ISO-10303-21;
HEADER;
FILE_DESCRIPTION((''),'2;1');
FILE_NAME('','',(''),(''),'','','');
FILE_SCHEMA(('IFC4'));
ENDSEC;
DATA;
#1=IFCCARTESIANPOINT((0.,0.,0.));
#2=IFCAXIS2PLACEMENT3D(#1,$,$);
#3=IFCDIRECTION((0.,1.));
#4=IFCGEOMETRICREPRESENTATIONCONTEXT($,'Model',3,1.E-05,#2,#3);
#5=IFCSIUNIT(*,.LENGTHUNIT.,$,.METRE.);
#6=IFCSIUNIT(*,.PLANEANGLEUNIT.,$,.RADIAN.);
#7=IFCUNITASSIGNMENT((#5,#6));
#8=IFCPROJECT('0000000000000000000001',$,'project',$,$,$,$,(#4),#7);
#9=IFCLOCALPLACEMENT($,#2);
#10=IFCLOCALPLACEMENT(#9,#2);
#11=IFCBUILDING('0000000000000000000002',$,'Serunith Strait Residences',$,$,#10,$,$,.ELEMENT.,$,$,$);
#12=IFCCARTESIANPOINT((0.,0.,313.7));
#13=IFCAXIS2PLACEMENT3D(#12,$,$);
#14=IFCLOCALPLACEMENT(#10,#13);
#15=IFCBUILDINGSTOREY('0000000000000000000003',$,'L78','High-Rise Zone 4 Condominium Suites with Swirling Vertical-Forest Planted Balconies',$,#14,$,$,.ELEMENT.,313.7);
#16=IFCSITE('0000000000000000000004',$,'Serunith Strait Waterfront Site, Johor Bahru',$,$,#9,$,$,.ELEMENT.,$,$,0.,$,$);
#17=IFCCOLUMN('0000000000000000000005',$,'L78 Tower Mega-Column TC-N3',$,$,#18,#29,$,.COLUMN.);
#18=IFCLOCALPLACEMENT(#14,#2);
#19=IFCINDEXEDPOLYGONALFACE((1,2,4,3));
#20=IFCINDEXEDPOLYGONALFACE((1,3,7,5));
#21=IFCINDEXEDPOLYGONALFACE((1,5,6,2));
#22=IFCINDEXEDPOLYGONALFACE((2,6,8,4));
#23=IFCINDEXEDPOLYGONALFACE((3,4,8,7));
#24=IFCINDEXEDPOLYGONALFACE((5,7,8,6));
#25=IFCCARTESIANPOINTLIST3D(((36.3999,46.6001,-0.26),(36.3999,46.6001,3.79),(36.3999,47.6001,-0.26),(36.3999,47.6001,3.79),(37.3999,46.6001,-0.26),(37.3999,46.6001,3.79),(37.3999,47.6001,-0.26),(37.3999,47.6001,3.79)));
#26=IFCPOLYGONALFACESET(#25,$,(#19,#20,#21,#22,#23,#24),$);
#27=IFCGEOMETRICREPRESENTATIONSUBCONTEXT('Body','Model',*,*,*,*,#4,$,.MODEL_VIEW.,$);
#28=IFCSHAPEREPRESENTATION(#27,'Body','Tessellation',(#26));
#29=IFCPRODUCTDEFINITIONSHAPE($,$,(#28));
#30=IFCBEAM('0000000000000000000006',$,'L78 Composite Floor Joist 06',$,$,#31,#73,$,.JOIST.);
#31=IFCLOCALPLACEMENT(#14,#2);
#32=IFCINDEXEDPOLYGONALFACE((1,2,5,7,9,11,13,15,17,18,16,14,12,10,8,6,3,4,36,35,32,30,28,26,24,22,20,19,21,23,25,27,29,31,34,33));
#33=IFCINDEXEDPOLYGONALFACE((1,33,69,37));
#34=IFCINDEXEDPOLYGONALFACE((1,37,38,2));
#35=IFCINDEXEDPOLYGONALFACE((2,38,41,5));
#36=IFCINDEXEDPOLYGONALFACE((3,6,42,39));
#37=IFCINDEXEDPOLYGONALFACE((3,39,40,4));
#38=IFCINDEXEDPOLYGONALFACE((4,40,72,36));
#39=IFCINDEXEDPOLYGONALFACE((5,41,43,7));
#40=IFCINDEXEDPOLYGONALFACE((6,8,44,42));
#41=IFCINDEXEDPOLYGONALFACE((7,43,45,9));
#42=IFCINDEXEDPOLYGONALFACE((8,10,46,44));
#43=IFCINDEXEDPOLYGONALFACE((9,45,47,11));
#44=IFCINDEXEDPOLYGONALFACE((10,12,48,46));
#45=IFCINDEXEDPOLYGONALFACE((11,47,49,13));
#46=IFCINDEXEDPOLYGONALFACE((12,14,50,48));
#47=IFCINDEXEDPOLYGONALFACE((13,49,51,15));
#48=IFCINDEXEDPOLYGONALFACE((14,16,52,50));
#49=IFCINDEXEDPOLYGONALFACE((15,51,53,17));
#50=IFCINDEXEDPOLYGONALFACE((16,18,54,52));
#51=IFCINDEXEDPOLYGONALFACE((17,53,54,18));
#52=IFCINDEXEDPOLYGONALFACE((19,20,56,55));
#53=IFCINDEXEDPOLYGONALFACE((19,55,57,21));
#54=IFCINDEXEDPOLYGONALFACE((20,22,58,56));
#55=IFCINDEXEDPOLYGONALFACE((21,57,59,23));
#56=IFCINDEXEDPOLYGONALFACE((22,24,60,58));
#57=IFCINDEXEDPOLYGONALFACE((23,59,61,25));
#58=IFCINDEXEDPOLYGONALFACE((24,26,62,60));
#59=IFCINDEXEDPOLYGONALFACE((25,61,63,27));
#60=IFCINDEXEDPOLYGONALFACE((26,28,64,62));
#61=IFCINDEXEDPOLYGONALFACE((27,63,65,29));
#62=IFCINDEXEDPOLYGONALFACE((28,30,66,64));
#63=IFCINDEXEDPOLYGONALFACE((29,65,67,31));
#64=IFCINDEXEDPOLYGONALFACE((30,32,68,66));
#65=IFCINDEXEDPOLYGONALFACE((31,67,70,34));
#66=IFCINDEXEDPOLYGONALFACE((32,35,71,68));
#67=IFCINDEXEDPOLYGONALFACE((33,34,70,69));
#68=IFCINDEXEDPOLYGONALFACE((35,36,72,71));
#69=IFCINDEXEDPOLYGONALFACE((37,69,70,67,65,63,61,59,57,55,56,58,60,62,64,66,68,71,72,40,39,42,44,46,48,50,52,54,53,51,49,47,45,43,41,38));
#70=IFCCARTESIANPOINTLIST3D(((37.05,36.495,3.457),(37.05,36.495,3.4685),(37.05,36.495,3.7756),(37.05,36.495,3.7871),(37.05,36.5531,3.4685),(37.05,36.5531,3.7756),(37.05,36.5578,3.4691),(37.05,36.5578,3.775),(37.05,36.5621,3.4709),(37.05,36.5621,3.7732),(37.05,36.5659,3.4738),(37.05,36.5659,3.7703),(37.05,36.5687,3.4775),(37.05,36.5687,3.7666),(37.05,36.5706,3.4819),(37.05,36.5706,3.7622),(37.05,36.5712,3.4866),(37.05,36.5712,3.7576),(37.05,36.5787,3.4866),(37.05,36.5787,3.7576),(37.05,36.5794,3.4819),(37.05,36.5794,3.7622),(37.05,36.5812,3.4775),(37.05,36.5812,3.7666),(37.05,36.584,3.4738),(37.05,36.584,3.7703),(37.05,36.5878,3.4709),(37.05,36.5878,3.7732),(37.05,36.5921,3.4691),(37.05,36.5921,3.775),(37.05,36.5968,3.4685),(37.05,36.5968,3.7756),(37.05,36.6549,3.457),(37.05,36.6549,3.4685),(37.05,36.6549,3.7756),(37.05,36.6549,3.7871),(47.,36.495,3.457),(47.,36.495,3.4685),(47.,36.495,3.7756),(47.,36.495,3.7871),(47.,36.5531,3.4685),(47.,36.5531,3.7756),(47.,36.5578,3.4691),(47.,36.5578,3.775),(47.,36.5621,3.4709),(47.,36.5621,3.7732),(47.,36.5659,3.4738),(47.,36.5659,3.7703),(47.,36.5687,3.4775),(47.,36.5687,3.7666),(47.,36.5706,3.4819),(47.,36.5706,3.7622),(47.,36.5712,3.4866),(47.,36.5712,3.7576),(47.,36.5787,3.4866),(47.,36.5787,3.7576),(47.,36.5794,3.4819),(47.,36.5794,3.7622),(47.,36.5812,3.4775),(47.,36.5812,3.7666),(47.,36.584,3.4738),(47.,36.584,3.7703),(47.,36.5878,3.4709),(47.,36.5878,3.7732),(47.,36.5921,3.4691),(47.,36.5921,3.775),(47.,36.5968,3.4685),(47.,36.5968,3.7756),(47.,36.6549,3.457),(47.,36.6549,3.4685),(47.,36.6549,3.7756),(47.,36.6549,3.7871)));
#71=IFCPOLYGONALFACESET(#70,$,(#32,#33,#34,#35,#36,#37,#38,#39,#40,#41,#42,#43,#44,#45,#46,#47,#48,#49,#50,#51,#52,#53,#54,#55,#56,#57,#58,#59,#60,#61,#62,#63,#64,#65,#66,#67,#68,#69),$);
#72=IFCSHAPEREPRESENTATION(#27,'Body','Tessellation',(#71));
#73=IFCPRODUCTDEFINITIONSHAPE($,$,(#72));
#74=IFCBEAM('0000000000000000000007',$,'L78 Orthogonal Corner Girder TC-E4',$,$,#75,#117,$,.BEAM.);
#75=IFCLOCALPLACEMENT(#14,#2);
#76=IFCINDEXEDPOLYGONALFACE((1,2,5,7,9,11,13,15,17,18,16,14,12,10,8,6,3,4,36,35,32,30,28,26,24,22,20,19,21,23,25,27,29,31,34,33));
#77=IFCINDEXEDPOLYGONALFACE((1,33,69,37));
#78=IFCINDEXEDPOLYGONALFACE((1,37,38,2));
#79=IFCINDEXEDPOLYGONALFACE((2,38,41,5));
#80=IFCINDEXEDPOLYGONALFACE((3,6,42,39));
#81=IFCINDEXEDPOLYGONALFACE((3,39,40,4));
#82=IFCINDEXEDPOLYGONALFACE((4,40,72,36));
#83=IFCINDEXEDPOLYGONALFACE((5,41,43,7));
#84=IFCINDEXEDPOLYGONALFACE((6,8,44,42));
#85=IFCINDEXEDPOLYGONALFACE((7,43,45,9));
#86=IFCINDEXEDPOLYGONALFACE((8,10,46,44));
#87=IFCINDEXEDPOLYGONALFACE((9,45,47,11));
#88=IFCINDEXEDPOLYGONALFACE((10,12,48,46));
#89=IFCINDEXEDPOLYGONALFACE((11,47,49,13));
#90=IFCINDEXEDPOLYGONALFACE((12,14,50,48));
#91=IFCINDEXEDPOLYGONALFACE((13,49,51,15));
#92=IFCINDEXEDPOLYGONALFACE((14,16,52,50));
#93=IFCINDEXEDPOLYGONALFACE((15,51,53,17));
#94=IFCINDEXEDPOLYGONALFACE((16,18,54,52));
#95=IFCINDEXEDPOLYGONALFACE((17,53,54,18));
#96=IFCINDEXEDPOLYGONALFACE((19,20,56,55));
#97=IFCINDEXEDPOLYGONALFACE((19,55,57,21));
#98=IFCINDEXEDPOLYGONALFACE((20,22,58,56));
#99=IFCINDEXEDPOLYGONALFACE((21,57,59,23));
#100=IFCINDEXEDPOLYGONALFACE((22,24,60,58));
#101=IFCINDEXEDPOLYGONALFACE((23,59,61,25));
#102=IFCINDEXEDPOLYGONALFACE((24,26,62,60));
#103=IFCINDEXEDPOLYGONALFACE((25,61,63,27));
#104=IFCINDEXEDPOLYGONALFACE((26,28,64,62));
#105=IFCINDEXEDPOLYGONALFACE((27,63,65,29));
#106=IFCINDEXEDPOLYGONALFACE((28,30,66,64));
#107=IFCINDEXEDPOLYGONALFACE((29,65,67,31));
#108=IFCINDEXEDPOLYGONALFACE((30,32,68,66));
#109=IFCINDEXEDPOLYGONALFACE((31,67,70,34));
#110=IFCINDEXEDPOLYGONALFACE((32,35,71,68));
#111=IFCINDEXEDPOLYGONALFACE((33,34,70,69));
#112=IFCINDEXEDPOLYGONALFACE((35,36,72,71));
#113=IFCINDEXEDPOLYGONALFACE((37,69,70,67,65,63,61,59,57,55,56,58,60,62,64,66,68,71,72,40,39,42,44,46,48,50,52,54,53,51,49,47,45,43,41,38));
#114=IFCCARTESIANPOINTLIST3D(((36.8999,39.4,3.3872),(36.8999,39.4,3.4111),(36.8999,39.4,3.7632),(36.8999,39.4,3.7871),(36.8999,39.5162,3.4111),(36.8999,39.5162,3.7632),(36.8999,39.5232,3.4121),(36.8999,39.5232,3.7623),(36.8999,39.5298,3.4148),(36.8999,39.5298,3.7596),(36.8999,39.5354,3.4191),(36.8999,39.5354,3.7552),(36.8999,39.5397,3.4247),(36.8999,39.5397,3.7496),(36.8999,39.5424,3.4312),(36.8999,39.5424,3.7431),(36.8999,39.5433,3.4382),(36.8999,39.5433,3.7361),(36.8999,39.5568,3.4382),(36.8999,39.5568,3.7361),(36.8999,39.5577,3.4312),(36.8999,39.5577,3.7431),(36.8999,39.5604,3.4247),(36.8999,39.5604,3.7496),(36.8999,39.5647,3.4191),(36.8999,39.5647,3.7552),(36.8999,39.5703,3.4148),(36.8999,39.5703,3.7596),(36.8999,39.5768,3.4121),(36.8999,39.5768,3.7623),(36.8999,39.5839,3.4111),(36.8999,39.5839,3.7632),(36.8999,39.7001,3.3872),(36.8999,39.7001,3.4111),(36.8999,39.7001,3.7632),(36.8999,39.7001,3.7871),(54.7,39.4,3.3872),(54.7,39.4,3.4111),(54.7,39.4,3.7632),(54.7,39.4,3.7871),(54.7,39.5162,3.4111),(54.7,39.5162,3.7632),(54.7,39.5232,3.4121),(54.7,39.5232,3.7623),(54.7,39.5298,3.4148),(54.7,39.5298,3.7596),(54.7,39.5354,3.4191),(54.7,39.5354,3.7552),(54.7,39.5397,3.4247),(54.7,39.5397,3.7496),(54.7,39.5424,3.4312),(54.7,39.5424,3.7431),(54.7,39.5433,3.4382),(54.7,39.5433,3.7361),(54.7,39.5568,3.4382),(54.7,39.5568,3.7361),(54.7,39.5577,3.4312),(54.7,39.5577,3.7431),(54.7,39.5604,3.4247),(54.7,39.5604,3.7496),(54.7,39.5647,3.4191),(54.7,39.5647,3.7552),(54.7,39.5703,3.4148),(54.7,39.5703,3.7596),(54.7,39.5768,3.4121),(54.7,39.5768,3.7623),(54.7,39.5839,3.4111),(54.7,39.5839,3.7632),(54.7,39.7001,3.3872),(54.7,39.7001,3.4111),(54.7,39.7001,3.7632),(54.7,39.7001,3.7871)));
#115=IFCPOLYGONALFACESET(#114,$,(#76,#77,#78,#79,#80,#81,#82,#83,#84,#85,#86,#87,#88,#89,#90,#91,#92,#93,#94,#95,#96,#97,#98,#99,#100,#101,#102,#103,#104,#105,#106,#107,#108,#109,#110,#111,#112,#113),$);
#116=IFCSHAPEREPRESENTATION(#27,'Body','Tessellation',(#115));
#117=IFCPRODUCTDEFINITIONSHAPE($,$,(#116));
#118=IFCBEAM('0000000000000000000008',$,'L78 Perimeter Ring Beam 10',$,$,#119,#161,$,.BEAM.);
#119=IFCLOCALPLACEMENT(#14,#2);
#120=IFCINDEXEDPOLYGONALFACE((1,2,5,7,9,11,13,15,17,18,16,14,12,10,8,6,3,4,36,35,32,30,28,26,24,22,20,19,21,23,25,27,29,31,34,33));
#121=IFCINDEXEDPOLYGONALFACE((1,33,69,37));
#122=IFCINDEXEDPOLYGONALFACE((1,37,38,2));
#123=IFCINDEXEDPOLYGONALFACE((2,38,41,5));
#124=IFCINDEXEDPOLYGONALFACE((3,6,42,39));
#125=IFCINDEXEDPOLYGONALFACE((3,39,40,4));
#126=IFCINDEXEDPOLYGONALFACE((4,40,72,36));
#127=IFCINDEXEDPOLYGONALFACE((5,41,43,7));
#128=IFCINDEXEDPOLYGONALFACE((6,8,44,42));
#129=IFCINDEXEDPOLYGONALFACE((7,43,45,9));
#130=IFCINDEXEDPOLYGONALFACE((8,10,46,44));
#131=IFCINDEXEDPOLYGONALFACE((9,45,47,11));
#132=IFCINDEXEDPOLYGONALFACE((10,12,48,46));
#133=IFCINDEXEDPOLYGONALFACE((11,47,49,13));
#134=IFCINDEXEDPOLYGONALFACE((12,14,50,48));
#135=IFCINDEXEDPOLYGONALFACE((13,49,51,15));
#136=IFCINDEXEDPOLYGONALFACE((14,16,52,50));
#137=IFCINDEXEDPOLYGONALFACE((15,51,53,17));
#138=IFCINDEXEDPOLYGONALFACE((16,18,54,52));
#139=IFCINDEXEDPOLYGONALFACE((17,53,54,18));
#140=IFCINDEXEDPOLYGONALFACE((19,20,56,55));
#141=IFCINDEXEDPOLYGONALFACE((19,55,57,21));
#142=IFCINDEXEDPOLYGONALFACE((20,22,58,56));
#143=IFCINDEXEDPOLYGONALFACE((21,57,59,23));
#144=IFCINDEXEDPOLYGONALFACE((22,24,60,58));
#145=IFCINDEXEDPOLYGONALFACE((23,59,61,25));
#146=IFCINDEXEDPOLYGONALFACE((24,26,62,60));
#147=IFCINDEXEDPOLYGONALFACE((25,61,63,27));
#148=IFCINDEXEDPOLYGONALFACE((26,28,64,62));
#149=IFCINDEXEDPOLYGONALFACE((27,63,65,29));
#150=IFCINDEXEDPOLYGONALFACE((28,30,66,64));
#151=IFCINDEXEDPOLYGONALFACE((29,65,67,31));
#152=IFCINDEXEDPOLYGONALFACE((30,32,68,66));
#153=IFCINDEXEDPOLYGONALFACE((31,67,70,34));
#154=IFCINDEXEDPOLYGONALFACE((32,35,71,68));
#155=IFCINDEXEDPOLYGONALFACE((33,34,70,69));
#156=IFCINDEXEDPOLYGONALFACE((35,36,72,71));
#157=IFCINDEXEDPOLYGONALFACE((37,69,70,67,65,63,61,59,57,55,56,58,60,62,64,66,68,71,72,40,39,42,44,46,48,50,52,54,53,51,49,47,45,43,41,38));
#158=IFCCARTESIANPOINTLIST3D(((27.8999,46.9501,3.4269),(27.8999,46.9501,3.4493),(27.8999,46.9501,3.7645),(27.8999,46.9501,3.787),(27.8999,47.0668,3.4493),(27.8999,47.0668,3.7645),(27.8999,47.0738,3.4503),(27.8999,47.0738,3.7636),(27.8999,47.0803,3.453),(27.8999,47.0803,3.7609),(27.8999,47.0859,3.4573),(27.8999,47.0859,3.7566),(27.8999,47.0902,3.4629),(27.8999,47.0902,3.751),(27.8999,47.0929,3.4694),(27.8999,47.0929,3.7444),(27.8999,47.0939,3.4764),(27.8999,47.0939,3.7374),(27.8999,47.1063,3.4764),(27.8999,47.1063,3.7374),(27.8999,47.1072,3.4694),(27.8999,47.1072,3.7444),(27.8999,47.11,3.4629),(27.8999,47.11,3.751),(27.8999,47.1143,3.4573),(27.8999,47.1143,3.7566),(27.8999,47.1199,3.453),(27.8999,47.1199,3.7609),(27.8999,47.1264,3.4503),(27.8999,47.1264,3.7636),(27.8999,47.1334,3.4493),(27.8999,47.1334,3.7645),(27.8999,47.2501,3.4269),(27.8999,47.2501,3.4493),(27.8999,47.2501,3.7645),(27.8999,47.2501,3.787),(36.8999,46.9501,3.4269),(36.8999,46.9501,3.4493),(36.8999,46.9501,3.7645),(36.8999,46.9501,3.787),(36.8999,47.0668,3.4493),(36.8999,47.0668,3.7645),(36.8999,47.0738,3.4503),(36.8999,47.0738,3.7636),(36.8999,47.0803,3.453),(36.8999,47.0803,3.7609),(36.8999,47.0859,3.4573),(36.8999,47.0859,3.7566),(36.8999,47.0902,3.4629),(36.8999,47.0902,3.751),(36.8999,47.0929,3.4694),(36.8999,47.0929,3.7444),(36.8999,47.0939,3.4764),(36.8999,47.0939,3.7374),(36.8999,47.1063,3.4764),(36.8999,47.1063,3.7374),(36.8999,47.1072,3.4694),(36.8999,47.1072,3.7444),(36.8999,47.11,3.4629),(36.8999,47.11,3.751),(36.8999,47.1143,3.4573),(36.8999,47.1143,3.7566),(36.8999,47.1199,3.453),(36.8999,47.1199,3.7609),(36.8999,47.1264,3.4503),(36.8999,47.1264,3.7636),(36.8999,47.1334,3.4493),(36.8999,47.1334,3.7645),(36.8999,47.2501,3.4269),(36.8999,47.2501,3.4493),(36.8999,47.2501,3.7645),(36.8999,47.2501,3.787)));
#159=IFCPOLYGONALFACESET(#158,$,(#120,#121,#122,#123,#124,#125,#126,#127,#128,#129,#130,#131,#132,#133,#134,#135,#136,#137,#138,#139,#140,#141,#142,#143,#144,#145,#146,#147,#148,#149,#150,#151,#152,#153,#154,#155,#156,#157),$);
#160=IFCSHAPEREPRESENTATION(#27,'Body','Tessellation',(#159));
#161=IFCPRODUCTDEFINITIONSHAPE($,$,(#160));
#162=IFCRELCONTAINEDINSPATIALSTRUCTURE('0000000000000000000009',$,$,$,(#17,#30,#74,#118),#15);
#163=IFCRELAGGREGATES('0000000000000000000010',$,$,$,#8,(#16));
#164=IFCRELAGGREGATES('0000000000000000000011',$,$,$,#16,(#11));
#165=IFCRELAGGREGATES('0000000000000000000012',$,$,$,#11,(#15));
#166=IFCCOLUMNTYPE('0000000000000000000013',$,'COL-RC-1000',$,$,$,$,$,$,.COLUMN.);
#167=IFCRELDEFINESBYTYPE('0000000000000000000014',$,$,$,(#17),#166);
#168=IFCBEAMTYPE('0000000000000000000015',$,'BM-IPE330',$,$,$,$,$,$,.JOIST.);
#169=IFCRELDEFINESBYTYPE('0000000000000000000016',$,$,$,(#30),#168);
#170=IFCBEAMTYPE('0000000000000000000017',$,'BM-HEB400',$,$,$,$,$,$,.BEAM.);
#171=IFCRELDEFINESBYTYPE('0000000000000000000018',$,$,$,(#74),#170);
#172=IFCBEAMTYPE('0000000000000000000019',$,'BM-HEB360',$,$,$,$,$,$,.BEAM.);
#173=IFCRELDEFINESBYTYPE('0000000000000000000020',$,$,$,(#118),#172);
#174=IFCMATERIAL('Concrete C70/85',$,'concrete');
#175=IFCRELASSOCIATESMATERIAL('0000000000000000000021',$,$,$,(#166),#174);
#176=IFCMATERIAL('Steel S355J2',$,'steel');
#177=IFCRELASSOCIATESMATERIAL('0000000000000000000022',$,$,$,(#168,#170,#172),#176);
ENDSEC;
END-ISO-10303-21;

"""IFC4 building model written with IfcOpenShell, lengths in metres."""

from ifc_helpers import new_model, si_unit, direction, frame, origin, origin_2d, place, context, subcontext, project, spatial, rectangle, i_section, extrude, source, transform, mapped, material, material_profile, profile_set, type_object, element, save


model = new_model("IFC4")

# Units and contexts
model_context = context("Model", 3, precision=1e-05, world=origin(), true_north=direction((0.0, 1.0)))
body_context = subcontext(model_context, "Body", "Model", "MODEL_VIEW")
ifc_project = project(units=[si_unit("LENGTHUNIT", "METRE"), si_unit("PLANEANGLEUNIT", "RADIAN")], contexts=[model_context])

# Site, building, storey
site_placement = place(None, origin())
site = spatial("IfcSite", under=ifc_project, at=site_placement, Name="Serunith Strait Waterfront Site, Johor Bahru", CompositionType="ELEMENT", RefElevation=0.0)
building_placement = place(site_placement, origin())
building = spatial("IfcBuilding", under=site, at=building_placement, Name="Serunith Strait Residences", CompositionType="ELEMENT")
storey_placement = place(building_placement, frame((0.0, 0.0, 313.7)))
storey = spatial("IfcBuildingStorey", under=building, at=storey_placement, Name="L78", Description="High-Rise Zone 4 Condominium Suites with Swirling Vertical-Forest Planted Balconies", CompositionType="ELEMENT", Elevation=313.7)

# Column
ifc_material_1 = material(Name="Concrete C70/85", Category="concrete")
ifc_material_profile_1 = material_profile(ifc_material_1, rectangle(XDim=1.0, YDim=1.0, at=origin_2d()), Name="RC 1000x1000")
ifc_profile_set_1 = profile_set([ifc_material_profile_1], Name="Concrete C70/85")
column_type = type_object("IfcColumnType", Name="COL-RC-1000", PredefinedType="COLUMN", material=ifc_profile_set_1)
shared_shape_1 = source(origin(), body_context, "Body", "SweptSolid", [
    extrude(rectangle(XDim=1.0, YDim=1.0, at=origin_2d()), origin(), (0.0, 0.0, 1.0), 4.05),
])
column_placement = place(storey_placement, frame((36.8999, 47.1001, -0.26), z_axis=(0.0, 0.0, 1.0), x_axis=(1.0, 0.0, 0.0)))
element("IfcColumn", 1, at=column_placement, inside=storey, type_object=column_type, Name="L78 Tower Mega-Column TC-N3", PredefinedType="COLUMN", context=body_context, shape_type="MappedRepresentation", body=[
    mapped(shared_shape_1, transform((0.0, 0.0, 0.0), scale=1.0)),
])

# Beams
ifc_material_2 = material(Name="Steel S355J2", Category="steel")
ifc_material_profile_2 = material_profile(ifc_material_2, i_section(OverallWidth=0.1599, OverallDepth=0.3301, WebThickness=0.0076, FlangeThickness=0.0115, FilletRadius=0.0181, at=origin_2d()), Name="IPE 330")
ifc_profile_set_2 = profile_set([ifc_material_profile_2], Name="Steel S355J2")
beam_type_1 = type_object("IfcBeamType", Name="BM-IPE330", PredefinedType="JOIST", material=ifc_profile_set_2)
shared_shape_2 = source(origin(), body_context, "Body", "SweptSolid", [
    extrude(i_section(OverallWidth=0.1599, OverallDepth=0.3301, WebThickness=0.0076, FlangeThickness=0.0115, FilletRadius=0.0181, at=origin_2d()), origin(), (0.0, 0.0, 1.0), 9.95),
])
beam_1_placement = place(storey_placement, frame((37.05, 36.575, 3.6221), z_axis=(1.0, 0.0, 0.0), x_axis=(0.0, 1.0, 0.0)))
element("IfcBeam", 2, at=beam_1_placement, inside=storey, type_object=beam_type_1, Name="L78 Composite Floor Joist 06", PredefinedType="JOIST", context=body_context, shape_type="MappedRepresentation", body=[
    mapped(shared_shape_2, transform((0.0, 0.0, 0.0), scale=1.0)),
])
ifc_material_profile_3 = material_profile(ifc_material_2, i_section(OverallWidth=0.3, OverallDepth=0.3999, WebThickness=0.0134, FlangeThickness=0.0239, FilletRadius=0.0271, at=origin_2d()), Name="HEB 400")
ifc_profile_set_3 = profile_set([ifc_material_profile_3], Name="Steel S355J2")
beam_type_2 = type_object("IfcBeamType", Name="BM-HEB400", PredefinedType="BEAM", material=ifc_profile_set_3)
shared_shape_3 = source(origin(), body_context, "Body", "SweptSolid", [
    extrude(i_section(OverallWidth=0.3, OverallDepth=0.3999, WebThickness=0.0134, FlangeThickness=0.0239, FilletRadius=0.0271, at=origin_2d()), origin(), (0.0, 0.0, 1.0), 17.8),
])
beam_2_placement = place(storey_placement, frame((36.8999, 39.55, 3.5872), z_axis=(1.0, 0.0, 0.0), x_axis=(0.0, 1.0, 0.0)))
element("IfcBeam", 3, at=beam_2_placement, inside=storey, type_object=beam_type_2, Name="L78 Orthogonal Corner Girder TC-E4", PredefinedType="BEAM", context=body_context, shape_type="MappedRepresentation", body=[
    mapped(shared_shape_3, transform((0.0, 0.0, 0.0), scale=1.0)),
])
ifc_material_profile_4 = material_profile(ifc_material_2, i_section(OverallWidth=0.3, OverallDepth=0.3601, WebThickness=0.0125, FlangeThickness=0.0225, FilletRadius=0.0271, at=origin_2d()), Name="HEB 360")
ifc_profile_set_4 = profile_set([ifc_material_profile_4], Name="Steel S355J2")
beam_type_3 = type_object("IfcBeamType", Name="BM-HEB360", PredefinedType="BEAM", material=ifc_profile_set_4)
shared_shape_4 = source(origin(), body_context, "Body", "SweptSolid", [
    extrude(i_section(OverallWidth=0.3, OverallDepth=0.3601, WebThickness=0.0125, FlangeThickness=0.0225, FilletRadius=0.0271, at=origin_2d()), origin(), (0.0, 0.0, 1.0), 9.0),
])
beam_3_placement = place(storey_placement, frame((36.8999, 47.1001, 3.6069), z_axis=(-1.0, 0.0, 0.0), x_axis=(0.0, -1.0, 0.0)))
element("IfcBeam", 4, at=beam_3_placement, inside=storey, type_object=beam_type_3, Name="L78 Perimeter Ring Beam 10", PredefinedType="BEAM", context=body_context, shape_type="MappedRepresentation", body=[
    mapped(shared_shape_4, transform((0.0, 0.0, 0.0), scale=1.0)),
])

save(model, "model.ifc")
